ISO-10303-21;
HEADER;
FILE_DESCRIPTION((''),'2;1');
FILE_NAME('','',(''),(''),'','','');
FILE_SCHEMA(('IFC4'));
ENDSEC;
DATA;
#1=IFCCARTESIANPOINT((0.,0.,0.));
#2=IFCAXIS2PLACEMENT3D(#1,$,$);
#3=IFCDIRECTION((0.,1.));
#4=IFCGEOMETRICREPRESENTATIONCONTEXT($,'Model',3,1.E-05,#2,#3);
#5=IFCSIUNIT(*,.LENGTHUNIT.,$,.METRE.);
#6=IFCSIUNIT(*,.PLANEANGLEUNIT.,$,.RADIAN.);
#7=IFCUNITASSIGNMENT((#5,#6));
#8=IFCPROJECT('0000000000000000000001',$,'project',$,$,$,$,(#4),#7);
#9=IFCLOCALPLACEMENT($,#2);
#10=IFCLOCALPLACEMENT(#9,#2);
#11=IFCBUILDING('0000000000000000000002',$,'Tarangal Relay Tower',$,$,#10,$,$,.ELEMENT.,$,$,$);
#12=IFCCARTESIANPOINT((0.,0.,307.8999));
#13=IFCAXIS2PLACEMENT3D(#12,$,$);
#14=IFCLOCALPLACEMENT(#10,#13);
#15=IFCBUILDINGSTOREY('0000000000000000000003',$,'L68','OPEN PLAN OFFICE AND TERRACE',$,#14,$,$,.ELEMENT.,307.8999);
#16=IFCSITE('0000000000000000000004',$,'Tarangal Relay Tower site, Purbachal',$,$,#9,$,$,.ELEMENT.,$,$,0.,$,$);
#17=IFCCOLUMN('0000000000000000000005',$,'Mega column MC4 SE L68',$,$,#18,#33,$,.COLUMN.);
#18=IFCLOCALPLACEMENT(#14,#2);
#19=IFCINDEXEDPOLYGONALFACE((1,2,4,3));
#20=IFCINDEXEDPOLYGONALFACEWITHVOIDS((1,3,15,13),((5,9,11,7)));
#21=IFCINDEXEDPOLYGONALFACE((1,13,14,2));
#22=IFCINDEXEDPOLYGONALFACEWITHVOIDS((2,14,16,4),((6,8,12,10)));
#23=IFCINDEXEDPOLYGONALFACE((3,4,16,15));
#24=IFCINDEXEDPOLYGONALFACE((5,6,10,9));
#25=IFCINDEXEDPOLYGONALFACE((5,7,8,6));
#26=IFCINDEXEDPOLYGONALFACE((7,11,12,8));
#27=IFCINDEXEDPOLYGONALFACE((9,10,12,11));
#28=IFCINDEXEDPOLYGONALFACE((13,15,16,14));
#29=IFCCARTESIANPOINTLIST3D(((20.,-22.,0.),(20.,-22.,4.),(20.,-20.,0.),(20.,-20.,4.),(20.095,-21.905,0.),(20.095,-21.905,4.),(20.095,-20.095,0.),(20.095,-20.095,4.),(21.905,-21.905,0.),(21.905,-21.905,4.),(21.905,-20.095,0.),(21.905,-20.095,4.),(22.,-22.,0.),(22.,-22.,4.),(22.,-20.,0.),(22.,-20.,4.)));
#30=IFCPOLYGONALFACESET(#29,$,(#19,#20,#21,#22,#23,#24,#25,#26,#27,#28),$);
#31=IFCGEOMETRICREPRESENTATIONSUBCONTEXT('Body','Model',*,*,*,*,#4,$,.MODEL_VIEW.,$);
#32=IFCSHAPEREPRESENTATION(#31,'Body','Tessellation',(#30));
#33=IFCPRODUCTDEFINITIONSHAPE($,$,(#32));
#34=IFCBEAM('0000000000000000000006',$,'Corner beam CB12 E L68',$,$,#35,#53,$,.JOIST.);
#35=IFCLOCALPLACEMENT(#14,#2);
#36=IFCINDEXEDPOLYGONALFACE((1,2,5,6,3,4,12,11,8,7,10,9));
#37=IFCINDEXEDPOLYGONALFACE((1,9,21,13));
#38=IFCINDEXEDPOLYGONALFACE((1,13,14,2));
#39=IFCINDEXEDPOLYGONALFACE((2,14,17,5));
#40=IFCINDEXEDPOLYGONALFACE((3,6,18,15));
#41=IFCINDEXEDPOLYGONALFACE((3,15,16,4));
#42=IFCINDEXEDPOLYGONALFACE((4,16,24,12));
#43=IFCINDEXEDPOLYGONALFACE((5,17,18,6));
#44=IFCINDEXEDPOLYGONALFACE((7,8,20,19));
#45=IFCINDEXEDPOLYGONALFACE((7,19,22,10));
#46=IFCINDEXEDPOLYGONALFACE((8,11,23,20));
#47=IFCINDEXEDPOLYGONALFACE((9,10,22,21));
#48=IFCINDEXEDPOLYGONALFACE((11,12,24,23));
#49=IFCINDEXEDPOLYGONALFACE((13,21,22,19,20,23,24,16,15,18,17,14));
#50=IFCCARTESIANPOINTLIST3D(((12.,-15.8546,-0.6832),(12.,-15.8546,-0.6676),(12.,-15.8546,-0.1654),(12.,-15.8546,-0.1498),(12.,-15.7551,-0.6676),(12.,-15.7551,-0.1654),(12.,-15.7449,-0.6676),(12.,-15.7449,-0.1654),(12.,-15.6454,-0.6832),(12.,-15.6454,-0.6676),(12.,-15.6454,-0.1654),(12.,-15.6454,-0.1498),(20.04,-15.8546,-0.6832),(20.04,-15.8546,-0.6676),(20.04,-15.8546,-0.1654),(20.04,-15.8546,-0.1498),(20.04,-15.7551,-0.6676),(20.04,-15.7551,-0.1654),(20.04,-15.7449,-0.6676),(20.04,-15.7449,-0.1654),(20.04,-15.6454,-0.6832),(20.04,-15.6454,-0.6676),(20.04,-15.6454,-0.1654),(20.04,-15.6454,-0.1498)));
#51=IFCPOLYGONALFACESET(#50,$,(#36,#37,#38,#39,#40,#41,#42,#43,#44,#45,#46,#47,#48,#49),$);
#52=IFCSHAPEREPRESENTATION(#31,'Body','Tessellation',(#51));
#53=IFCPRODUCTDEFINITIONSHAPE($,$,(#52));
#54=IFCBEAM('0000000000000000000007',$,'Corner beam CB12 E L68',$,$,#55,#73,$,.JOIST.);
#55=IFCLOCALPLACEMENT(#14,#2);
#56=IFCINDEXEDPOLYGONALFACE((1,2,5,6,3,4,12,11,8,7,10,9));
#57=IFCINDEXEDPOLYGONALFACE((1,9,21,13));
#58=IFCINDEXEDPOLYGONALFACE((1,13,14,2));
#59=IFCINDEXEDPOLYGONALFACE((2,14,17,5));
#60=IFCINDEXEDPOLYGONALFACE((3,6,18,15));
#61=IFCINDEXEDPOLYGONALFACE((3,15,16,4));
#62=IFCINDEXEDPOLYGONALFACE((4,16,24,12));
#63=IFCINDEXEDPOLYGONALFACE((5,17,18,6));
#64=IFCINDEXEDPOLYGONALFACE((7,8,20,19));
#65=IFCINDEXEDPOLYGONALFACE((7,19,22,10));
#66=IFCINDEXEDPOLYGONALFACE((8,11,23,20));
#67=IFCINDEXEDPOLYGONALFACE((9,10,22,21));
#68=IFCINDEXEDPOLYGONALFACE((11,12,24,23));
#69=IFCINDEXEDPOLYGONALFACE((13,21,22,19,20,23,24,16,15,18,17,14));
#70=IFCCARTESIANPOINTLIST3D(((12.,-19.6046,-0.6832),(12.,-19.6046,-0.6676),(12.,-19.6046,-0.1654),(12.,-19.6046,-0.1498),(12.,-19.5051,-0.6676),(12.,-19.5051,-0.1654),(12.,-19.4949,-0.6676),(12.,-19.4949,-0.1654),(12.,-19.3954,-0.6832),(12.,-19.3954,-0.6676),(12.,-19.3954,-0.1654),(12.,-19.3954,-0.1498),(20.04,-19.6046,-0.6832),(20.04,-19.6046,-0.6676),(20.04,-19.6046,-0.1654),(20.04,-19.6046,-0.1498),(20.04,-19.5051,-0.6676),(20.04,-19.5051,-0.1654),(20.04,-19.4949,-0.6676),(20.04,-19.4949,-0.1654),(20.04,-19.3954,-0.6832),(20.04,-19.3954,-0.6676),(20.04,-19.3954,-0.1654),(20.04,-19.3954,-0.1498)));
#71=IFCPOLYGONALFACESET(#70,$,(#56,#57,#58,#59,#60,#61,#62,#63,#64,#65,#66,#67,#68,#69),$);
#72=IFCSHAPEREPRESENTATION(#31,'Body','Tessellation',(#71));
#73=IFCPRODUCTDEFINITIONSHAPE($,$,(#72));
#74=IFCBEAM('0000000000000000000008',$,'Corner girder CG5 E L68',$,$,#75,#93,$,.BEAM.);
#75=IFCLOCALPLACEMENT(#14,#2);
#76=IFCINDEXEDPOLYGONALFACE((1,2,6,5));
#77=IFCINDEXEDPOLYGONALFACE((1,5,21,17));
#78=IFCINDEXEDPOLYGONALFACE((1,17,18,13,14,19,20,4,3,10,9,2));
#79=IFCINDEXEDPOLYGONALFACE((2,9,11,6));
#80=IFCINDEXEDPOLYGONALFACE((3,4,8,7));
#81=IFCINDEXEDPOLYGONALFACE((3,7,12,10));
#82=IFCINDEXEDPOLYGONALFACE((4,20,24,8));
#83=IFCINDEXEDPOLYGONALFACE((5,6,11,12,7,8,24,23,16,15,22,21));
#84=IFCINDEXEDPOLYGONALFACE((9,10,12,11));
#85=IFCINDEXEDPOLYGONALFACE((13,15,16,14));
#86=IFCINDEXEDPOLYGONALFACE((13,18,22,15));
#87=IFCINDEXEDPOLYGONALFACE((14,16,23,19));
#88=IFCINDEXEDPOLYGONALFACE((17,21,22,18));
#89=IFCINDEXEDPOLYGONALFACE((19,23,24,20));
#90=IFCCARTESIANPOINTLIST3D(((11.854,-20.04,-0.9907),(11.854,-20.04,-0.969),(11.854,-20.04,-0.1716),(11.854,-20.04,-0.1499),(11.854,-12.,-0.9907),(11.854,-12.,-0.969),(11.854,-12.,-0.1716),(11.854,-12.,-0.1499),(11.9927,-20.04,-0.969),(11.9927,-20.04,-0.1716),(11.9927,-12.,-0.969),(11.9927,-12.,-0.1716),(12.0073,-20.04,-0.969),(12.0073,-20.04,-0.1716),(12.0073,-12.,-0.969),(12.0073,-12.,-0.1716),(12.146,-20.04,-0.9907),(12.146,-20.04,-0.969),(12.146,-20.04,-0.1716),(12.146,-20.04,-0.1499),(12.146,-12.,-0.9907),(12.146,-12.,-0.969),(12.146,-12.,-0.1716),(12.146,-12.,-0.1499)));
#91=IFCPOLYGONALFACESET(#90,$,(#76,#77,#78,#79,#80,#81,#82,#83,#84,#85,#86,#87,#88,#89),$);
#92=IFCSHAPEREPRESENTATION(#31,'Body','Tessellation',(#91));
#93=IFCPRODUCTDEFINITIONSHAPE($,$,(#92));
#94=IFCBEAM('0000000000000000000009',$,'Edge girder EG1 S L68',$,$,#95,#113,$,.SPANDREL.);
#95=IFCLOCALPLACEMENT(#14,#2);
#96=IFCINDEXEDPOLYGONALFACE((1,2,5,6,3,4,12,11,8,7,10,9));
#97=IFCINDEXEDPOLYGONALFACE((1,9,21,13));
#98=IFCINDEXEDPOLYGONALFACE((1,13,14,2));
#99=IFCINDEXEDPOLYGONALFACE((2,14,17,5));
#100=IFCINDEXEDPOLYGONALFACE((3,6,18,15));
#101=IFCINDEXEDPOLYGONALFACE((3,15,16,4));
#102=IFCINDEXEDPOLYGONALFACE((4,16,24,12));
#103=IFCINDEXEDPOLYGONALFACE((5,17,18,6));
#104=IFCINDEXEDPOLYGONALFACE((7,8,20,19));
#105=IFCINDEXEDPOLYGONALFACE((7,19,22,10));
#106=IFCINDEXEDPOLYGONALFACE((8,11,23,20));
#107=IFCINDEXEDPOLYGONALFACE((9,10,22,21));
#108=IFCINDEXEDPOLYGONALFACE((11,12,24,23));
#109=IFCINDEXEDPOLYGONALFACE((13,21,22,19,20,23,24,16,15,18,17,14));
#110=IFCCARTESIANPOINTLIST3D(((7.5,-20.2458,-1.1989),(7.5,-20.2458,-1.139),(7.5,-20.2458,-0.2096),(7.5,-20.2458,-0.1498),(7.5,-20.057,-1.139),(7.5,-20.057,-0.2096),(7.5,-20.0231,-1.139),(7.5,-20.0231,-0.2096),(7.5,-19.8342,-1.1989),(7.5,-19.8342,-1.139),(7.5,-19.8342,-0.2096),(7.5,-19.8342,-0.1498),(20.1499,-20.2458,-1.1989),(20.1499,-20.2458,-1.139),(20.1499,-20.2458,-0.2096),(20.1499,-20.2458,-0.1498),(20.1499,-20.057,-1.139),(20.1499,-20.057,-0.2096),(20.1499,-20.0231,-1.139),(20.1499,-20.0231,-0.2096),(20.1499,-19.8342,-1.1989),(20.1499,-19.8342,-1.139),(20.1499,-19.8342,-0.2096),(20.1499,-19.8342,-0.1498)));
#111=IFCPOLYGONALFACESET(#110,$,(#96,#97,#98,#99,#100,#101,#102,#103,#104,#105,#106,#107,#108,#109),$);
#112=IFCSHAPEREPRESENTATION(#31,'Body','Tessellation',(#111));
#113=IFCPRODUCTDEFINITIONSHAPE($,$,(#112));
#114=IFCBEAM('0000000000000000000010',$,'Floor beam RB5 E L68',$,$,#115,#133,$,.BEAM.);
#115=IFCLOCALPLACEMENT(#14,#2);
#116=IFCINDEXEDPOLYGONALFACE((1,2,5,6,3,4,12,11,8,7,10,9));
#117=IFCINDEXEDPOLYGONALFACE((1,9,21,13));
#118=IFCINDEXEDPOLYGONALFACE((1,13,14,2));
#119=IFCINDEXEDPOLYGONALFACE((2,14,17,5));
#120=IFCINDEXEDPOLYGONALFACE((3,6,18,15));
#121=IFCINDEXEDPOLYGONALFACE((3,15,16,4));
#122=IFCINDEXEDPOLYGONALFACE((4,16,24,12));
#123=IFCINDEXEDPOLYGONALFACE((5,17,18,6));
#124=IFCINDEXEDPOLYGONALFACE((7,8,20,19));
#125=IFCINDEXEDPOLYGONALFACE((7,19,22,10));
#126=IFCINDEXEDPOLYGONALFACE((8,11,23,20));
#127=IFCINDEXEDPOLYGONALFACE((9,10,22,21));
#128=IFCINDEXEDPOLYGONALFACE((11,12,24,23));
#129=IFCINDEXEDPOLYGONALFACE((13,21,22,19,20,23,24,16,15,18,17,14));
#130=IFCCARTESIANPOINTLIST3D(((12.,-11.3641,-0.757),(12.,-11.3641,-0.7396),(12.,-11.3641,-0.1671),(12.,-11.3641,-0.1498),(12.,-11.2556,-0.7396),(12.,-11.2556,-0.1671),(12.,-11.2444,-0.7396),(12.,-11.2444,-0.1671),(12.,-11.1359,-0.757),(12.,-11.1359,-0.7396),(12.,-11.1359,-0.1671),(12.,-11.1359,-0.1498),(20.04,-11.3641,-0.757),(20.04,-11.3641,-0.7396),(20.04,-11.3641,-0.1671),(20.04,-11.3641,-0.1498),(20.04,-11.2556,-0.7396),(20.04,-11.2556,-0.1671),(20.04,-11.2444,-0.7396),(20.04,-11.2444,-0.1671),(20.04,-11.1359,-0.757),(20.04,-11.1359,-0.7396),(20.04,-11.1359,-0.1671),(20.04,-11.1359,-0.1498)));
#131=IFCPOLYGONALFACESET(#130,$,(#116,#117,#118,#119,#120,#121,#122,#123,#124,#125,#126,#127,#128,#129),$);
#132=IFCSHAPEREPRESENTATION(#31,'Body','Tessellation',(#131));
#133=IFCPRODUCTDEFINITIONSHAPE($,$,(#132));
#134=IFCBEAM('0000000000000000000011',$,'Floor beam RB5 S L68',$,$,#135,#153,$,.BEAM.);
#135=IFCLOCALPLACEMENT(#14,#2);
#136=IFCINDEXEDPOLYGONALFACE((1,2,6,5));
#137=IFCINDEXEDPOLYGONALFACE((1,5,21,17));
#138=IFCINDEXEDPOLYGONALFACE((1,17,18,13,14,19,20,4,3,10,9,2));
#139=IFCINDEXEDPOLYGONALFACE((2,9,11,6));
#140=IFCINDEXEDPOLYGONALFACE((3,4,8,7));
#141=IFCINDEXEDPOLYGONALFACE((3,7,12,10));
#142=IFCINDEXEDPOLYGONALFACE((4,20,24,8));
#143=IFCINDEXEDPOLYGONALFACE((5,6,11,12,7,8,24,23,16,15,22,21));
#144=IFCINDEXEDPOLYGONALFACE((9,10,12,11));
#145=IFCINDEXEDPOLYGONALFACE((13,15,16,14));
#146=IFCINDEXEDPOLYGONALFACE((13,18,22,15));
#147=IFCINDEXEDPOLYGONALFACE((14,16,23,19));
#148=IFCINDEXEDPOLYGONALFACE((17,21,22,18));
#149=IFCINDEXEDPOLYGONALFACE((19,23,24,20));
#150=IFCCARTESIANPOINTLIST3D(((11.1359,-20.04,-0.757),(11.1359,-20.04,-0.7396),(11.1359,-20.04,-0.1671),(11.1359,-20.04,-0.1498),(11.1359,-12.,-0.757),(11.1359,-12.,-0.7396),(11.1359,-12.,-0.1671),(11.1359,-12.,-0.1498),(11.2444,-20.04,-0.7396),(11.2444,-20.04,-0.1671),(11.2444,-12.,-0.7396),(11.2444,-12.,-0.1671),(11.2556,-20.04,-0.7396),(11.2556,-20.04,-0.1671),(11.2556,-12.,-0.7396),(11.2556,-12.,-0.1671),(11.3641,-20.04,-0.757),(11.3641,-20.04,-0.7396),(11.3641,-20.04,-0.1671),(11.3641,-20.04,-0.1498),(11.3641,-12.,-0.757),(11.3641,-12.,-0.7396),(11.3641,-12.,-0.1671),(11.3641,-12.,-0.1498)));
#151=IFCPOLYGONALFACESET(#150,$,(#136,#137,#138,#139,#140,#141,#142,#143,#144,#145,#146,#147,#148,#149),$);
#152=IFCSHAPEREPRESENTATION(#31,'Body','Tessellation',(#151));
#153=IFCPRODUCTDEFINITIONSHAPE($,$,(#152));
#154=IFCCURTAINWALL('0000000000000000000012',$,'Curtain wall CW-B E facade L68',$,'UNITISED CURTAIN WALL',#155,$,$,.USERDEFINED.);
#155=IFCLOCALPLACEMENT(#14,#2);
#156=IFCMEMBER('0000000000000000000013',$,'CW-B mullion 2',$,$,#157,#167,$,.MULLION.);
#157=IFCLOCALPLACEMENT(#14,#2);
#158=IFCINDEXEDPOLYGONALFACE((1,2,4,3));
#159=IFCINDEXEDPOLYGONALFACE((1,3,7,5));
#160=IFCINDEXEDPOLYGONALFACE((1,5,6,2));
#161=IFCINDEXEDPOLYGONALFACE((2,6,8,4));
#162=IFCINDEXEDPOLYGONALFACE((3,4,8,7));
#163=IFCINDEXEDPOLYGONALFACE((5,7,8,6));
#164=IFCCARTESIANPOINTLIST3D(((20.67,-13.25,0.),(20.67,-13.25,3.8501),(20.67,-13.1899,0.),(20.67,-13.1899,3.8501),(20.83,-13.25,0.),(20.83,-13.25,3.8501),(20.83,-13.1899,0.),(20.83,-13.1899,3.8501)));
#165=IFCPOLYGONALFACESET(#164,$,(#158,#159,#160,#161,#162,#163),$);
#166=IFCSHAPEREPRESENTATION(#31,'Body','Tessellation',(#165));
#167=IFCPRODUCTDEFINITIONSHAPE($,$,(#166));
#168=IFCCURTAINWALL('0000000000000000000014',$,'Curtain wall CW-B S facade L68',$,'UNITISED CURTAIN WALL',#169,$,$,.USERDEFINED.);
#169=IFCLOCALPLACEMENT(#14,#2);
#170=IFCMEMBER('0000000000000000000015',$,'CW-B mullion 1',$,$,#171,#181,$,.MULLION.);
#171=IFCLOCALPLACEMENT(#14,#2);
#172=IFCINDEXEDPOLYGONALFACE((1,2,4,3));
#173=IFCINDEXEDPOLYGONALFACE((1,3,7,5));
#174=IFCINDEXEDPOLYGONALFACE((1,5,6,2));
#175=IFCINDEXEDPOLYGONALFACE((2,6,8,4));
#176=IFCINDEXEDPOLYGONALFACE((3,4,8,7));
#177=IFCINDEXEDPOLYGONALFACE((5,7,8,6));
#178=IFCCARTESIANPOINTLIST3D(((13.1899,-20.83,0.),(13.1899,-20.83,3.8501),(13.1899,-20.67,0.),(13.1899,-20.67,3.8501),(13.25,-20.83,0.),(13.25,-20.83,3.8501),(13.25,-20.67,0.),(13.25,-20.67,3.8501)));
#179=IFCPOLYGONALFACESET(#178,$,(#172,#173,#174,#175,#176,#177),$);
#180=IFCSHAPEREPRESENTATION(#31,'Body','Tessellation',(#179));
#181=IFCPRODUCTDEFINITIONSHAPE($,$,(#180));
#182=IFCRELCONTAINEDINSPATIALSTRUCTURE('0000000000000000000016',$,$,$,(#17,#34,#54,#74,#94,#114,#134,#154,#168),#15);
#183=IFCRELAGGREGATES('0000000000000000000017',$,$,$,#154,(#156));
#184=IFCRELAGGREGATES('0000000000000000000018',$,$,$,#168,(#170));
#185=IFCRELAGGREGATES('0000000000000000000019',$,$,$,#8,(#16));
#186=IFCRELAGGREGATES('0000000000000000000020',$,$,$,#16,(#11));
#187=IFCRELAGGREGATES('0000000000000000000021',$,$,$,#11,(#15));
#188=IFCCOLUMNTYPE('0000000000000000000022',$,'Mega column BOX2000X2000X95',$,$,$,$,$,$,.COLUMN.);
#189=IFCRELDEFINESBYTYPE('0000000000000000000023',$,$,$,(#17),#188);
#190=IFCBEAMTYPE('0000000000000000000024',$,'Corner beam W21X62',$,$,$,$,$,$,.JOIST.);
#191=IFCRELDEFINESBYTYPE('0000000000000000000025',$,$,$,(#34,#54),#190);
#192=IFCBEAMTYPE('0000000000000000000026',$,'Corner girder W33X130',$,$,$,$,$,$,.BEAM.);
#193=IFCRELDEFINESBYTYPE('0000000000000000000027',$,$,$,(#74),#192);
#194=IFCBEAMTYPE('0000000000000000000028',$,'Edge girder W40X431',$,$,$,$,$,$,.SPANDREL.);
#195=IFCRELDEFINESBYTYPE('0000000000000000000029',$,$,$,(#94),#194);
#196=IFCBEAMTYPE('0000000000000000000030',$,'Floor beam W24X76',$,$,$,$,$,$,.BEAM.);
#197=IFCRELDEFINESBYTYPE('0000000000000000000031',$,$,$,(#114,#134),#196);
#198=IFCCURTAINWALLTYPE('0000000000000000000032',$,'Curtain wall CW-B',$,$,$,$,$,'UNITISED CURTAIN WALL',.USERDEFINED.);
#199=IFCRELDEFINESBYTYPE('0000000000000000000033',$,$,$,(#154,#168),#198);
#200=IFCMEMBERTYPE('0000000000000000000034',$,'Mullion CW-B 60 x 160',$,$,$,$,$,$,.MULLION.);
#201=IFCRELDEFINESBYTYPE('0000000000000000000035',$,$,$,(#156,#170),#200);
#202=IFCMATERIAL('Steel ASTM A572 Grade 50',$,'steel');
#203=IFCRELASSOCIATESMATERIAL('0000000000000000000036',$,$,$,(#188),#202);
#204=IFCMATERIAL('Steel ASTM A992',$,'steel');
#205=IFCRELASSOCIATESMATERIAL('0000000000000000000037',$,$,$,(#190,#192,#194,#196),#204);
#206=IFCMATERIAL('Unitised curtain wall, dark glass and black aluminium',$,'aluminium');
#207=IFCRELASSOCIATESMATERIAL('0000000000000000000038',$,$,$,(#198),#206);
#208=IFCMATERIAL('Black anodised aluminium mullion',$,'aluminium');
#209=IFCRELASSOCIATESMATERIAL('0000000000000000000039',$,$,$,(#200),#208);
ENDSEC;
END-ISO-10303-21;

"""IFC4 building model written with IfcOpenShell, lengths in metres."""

from ifc_helpers import new_model, si_unit, direction, frame, origin, origin_2d, place, context, subcontext, project, spatial, rectangle, hollow_rectangle, i_section, extrude, material, material_profile, profile_set, type_object, element, aggregate, save


model = new_model("IFC4")

# Units and contexts
model_context = context("Model", 3, precision=1e-05, world=origin(), true_north=direction((0.0, 1.0)))
body_context = subcontext(model_context, "Body", "Model", "MODEL_VIEW")
ifc_project = project(units=[si_unit("LENGTHUNIT", "METRE"), si_unit("PLANEANGLEUNIT", "RADIAN")], contexts=[model_context])

# Site, building, storey
site_placement = place(None, origin())
site = spatial("IfcSite", under=ifc_project, at=site_placement, Name="Tarangal Relay Tower site, Purbachal", CompositionType="ELEMENT", RefElevation=0.0)
building_placement = place(site_placement, origin())
building = spatial("IfcBuilding", under=site, at=building_placement, Name="Tarangal Relay Tower", CompositionType="ELEMENT")
storey_placement = place(building_placement, frame((0.0, 0.0, 307.8999)))
storey = spatial("IfcBuildingStorey", under=building, at=storey_placement, Name="L68", Description="OPEN PLAN OFFICE AND TERRACE", CompositionType="ELEMENT", Elevation=307.8999)

# Column
ifc_material_1 = material(Name="Steel ASTM A572 Grade 50", Category="steel")
ifc_material_profile_1 = material_profile(ifc_material_1, hollow_rectangle(XDim=2.0, YDim=2.0, WallThickness=0.095, at=origin_2d()), Name="BOX2000X2000X95")
ifc_profile_set_1 = profile_set([ifc_material_profile_1], Name="Steel ASTM A572 Grade 50")
column_type = type_object("IfcColumnType", Name="Mega column BOX2000X2000X95", PredefinedType="COLUMN", material=ifc_profile_set_1)
column_placement = place(storey_placement, frame((21.0, -21.0, 0.0), z_axis=(0.0, 0.0, 1.0), x_axis=(1.0, 0.0, 0.0)))
element("IfcColumn", 1, at=column_placement, inside=storey, type_object=column_type, Name="Mega column MC4 SE L68", PredefinedType="COLUMN", context=body_context, shape_type="SweptSolid", body=[
    extrude(hollow_rectangle(XDim=2.0, YDim=2.0, WallThickness=0.095, at=origin_2d()), origin(), (0.0, 0.0, 1.0), 4.0),
])

# Beams
ifc_material_2 = material(Name="Steel ASTM A992", Category="steel")
ifc_material_profile_2 = material_profile(ifc_material_2, i_section(OverallWidth=0.2092, OverallDepth=0.5334, WebThickness=0.0103, FlangeThickness=0.0156, at=origin_2d()), Name="W21X62")
ifc_profile_set_2 = profile_set([ifc_material_profile_2], Name="Steel ASTM A992")
beam_type_1 = type_object("IfcBeamType", Name="Corner beam W21X62", PredefinedType="JOIST", material=ifc_profile_set_2)
for number, where, z_axis, x_axis, name in (
    (2, (12.0, -15.75, -0.4165), (1.0, 0.0, 0.0), (0.0, 1.0, 0.0), "Corner beam CB12 E L68"),
    (3, (12.0, -19.5, -0.4165), (1.0, 0.0, 0.0), (0.0, 1.0, 0.0), "Corner beam CB12 E L68"),
):
    element("IfcBeam", number, at=place(storey_placement, frame(where, z_axis=z_axis, x_axis=x_axis)), inside=storey, type_object=beam_type_1, Name=name, PredefinedType="JOIST", context=body_context, shape_type="SweptSolid", body=[
        extrude(i_section(OverallWidth=0.2092, OverallDepth=0.5334, WebThickness=0.0103, FlangeThickness=0.0156, at=origin_2d()), origin(), (0.0, 0.0, 1.0), 8.04),
    ])
ifc_material_profile_3 = material_profile(ifc_material_2, i_section(OverallWidth=0.292, OverallDepth=0.8408, WebThickness=0.0146, FlangeThickness=0.0217, at=origin_2d()), Name="W33X130")
ifc_profile_set_3 = profile_set([ifc_material_profile_3], Name="Steel ASTM A992")
beam_type_2 = type_object("IfcBeamType", Name="Corner girder W33X130", PredefinedType="BEAM", material=ifc_profile_set_3)
beam_1_placement = place(storey_placement, frame((12.0, -12.0, -0.5703), z_axis=(0.0, -1.0, 0.0), x_axis=(1.0, 0.0, 0.0)))
element("IfcBeam", 4, at=beam_1_placement, inside=storey, type_object=beam_type_2, Name="Corner girder CG5 E L68", PredefinedType="BEAM", context=body_context, shape_type="SweptSolid", body=[
    extrude(i_section(OverallWidth=0.292, OverallDepth=0.8408, WebThickness=0.0146, FlangeThickness=0.0217, at=origin_2d()), origin(), (0.0, 0.0, 1.0), 8.04),
])
ifc_material_profile_4 = material_profile(ifc_material_2, i_section(OverallWidth=0.4116, OverallDepth=1.0491, WebThickness=0.0339, FlangeThickness=0.0598, at=origin_2d()), Name="W40X431")
ifc_profile_set_4 = profile_set([ifc_material_profile_4], Name="Steel ASTM A992")
beam_type_3 = type_object("IfcBeamType", Name="Edge girder W40X431", PredefinedType="SPANDREL", material=ifc_profile_set_4)
beam_2_placement = place(storey_placement, frame((20.1499, -20.04, -0.6743), z_axis=(-1.0, 0.0, 0.0), x_axis=(0.0, -1.0, 0.0)))
element("IfcBeam", 5, at=beam_2_placement, inside=storey, type_object=beam_type_3, Name="Edge girder EG1 S L68", PredefinedType="SPANDREL", context=body_context, shape_type="SweptSolid", body=[
    extrude(i_section(OverallWidth=0.4116, OverallDepth=1.0491, WebThickness=0.0339, FlangeThickness=0.0598, at=origin_2d()), origin(), (0.0, 0.0, 1.0), 12.6499),
])
ifc_material_profile_5 = material_profile(ifc_material_2, i_section(OverallWidth=0.2283, OverallDepth=0.6072, WebThickness=0.0112, FlangeThickness=0.0173, at=origin_2d()), Name="W24X76")
ifc_profile_set_5 = profile_set([ifc_material_profile_5], Name="Steel ASTM A992")
beam_type_4 = type_object("IfcBeamType", Name="Floor beam W24X76", PredefinedType="BEAM", material=ifc_profile_set_5)
for number, where, z_axis, x_axis, name in (
    (6, (12.0, -11.25, -0.4534), (1.0, 0.0, 0.0), (0.0, 1.0, 0.0), "Floor beam RB5 E L68"),
    (7, (11.25, -12.0, -0.4534), (0.0, -1.0, 0.0), (1.0, 0.0, 0.0), "Floor beam RB5 S L68"),
):
    element("IfcBeam", number, at=place(storey_placement, frame(where, z_axis=z_axis, x_axis=x_axis)), inside=storey, type_object=beam_type_4, Name=name, PredefinedType="BEAM", context=body_context, shape_type="SweptSolid", body=[
        extrude(i_section(OverallWidth=0.2283, OverallDepth=0.6072, WebThickness=0.0112, FlangeThickness=0.0173, at=origin_2d()), origin(), (0.0, 0.0, 1.0), 8.04),
    ])

# Curtain wall, member
ifc_material_3 = material(Name="Unitised curtain wall, dark glass and black aluminium", Category="aluminium")
curtain_wall_type_1 = type_object("IfcCurtainWallType", Name="Curtain wall CW-B", ElementType="UNITISED CURTAIN WALL", PredefinedType="USERDEFINED", material=ifc_material_3)
curtain_wall_1_placement = place(storey_placement, origin())
curtain_wall_1 = element("IfcCurtainWall", 8, at=curtain_wall_1_placement, inside=storey, type_object=curtain_wall_type_1, Name="Curtain wall CW-B E facade L68", ObjectType="UNITISED CURTAIN WALL", PredefinedType="USERDEFINED")
ifc_material_4 = material(Name="Black anodised aluminium mullion", Category="aluminium")
ifc_material_profile_6 = material_profile(ifc_material_4, rectangle(XDim=0.1599, YDim=0.0601, at=origin_2d()), Name="CW-BM 60X160")
ifc_profile_set_6 = profile_set([ifc_material_profile_6], Name="Black anodised aluminium mullion")
member_type_1 = type_object("IfcMemberType", Name="Mullion CW-B 60 x 160", PredefinedType="MULLION", material=ifc_profile_set_6)
member_1_placement = place(storey_placement, frame((20.75, -13.22, 0.0), z_axis=(0.0, 0.0, 1.0), x_axis=(1.0, 0.0, 0.0)))
member_1 = element("IfcMember", 9, at=member_1_placement, type_object=member_type_1, Name="CW-B mullion 2", PredefinedType="MULLION", context=body_context, shape_type="SweptSolid", body=[
    extrude(rectangle(XDim=0.1599, YDim=0.0601, at=origin_2d()), origin(), (0.0, 0.0, 1.0), 3.8501),
])

# Curtain wall, member
curtain_wall_2_placement = place(storey_placement, origin())
curtain_wall_2 = element("IfcCurtainWall", 10, at=curtain_wall_2_placement, inside=storey, type_object=curtain_wall_type_1, Name="Curtain wall CW-B S facade L68", ObjectType="UNITISED CURTAIN WALL", PredefinedType="USERDEFINED")
member_2_placement = place(storey_placement, frame((13.22, -20.75, 0.0), z_axis=(0.0, 0.0, 1.0), x_axis=(0.0, -1.0, 0.0)))
member_2 = element("IfcMember", 11, at=member_2_placement, type_object=member_type_1, Name="CW-B mullion 1", PredefinedType="MULLION", context=body_context, shape_type="SweptSolid", body=[
    extrude(rectangle(XDim=0.1599, YDim=0.0601, at=origin_2d()), origin(), (0.0, 0.0, 1.0), 3.8501),
])

aggregate(curtain_wall_1, [member_1])
aggregate(curtain_wall_2, [member_2])

save(model, "model.ifc")
